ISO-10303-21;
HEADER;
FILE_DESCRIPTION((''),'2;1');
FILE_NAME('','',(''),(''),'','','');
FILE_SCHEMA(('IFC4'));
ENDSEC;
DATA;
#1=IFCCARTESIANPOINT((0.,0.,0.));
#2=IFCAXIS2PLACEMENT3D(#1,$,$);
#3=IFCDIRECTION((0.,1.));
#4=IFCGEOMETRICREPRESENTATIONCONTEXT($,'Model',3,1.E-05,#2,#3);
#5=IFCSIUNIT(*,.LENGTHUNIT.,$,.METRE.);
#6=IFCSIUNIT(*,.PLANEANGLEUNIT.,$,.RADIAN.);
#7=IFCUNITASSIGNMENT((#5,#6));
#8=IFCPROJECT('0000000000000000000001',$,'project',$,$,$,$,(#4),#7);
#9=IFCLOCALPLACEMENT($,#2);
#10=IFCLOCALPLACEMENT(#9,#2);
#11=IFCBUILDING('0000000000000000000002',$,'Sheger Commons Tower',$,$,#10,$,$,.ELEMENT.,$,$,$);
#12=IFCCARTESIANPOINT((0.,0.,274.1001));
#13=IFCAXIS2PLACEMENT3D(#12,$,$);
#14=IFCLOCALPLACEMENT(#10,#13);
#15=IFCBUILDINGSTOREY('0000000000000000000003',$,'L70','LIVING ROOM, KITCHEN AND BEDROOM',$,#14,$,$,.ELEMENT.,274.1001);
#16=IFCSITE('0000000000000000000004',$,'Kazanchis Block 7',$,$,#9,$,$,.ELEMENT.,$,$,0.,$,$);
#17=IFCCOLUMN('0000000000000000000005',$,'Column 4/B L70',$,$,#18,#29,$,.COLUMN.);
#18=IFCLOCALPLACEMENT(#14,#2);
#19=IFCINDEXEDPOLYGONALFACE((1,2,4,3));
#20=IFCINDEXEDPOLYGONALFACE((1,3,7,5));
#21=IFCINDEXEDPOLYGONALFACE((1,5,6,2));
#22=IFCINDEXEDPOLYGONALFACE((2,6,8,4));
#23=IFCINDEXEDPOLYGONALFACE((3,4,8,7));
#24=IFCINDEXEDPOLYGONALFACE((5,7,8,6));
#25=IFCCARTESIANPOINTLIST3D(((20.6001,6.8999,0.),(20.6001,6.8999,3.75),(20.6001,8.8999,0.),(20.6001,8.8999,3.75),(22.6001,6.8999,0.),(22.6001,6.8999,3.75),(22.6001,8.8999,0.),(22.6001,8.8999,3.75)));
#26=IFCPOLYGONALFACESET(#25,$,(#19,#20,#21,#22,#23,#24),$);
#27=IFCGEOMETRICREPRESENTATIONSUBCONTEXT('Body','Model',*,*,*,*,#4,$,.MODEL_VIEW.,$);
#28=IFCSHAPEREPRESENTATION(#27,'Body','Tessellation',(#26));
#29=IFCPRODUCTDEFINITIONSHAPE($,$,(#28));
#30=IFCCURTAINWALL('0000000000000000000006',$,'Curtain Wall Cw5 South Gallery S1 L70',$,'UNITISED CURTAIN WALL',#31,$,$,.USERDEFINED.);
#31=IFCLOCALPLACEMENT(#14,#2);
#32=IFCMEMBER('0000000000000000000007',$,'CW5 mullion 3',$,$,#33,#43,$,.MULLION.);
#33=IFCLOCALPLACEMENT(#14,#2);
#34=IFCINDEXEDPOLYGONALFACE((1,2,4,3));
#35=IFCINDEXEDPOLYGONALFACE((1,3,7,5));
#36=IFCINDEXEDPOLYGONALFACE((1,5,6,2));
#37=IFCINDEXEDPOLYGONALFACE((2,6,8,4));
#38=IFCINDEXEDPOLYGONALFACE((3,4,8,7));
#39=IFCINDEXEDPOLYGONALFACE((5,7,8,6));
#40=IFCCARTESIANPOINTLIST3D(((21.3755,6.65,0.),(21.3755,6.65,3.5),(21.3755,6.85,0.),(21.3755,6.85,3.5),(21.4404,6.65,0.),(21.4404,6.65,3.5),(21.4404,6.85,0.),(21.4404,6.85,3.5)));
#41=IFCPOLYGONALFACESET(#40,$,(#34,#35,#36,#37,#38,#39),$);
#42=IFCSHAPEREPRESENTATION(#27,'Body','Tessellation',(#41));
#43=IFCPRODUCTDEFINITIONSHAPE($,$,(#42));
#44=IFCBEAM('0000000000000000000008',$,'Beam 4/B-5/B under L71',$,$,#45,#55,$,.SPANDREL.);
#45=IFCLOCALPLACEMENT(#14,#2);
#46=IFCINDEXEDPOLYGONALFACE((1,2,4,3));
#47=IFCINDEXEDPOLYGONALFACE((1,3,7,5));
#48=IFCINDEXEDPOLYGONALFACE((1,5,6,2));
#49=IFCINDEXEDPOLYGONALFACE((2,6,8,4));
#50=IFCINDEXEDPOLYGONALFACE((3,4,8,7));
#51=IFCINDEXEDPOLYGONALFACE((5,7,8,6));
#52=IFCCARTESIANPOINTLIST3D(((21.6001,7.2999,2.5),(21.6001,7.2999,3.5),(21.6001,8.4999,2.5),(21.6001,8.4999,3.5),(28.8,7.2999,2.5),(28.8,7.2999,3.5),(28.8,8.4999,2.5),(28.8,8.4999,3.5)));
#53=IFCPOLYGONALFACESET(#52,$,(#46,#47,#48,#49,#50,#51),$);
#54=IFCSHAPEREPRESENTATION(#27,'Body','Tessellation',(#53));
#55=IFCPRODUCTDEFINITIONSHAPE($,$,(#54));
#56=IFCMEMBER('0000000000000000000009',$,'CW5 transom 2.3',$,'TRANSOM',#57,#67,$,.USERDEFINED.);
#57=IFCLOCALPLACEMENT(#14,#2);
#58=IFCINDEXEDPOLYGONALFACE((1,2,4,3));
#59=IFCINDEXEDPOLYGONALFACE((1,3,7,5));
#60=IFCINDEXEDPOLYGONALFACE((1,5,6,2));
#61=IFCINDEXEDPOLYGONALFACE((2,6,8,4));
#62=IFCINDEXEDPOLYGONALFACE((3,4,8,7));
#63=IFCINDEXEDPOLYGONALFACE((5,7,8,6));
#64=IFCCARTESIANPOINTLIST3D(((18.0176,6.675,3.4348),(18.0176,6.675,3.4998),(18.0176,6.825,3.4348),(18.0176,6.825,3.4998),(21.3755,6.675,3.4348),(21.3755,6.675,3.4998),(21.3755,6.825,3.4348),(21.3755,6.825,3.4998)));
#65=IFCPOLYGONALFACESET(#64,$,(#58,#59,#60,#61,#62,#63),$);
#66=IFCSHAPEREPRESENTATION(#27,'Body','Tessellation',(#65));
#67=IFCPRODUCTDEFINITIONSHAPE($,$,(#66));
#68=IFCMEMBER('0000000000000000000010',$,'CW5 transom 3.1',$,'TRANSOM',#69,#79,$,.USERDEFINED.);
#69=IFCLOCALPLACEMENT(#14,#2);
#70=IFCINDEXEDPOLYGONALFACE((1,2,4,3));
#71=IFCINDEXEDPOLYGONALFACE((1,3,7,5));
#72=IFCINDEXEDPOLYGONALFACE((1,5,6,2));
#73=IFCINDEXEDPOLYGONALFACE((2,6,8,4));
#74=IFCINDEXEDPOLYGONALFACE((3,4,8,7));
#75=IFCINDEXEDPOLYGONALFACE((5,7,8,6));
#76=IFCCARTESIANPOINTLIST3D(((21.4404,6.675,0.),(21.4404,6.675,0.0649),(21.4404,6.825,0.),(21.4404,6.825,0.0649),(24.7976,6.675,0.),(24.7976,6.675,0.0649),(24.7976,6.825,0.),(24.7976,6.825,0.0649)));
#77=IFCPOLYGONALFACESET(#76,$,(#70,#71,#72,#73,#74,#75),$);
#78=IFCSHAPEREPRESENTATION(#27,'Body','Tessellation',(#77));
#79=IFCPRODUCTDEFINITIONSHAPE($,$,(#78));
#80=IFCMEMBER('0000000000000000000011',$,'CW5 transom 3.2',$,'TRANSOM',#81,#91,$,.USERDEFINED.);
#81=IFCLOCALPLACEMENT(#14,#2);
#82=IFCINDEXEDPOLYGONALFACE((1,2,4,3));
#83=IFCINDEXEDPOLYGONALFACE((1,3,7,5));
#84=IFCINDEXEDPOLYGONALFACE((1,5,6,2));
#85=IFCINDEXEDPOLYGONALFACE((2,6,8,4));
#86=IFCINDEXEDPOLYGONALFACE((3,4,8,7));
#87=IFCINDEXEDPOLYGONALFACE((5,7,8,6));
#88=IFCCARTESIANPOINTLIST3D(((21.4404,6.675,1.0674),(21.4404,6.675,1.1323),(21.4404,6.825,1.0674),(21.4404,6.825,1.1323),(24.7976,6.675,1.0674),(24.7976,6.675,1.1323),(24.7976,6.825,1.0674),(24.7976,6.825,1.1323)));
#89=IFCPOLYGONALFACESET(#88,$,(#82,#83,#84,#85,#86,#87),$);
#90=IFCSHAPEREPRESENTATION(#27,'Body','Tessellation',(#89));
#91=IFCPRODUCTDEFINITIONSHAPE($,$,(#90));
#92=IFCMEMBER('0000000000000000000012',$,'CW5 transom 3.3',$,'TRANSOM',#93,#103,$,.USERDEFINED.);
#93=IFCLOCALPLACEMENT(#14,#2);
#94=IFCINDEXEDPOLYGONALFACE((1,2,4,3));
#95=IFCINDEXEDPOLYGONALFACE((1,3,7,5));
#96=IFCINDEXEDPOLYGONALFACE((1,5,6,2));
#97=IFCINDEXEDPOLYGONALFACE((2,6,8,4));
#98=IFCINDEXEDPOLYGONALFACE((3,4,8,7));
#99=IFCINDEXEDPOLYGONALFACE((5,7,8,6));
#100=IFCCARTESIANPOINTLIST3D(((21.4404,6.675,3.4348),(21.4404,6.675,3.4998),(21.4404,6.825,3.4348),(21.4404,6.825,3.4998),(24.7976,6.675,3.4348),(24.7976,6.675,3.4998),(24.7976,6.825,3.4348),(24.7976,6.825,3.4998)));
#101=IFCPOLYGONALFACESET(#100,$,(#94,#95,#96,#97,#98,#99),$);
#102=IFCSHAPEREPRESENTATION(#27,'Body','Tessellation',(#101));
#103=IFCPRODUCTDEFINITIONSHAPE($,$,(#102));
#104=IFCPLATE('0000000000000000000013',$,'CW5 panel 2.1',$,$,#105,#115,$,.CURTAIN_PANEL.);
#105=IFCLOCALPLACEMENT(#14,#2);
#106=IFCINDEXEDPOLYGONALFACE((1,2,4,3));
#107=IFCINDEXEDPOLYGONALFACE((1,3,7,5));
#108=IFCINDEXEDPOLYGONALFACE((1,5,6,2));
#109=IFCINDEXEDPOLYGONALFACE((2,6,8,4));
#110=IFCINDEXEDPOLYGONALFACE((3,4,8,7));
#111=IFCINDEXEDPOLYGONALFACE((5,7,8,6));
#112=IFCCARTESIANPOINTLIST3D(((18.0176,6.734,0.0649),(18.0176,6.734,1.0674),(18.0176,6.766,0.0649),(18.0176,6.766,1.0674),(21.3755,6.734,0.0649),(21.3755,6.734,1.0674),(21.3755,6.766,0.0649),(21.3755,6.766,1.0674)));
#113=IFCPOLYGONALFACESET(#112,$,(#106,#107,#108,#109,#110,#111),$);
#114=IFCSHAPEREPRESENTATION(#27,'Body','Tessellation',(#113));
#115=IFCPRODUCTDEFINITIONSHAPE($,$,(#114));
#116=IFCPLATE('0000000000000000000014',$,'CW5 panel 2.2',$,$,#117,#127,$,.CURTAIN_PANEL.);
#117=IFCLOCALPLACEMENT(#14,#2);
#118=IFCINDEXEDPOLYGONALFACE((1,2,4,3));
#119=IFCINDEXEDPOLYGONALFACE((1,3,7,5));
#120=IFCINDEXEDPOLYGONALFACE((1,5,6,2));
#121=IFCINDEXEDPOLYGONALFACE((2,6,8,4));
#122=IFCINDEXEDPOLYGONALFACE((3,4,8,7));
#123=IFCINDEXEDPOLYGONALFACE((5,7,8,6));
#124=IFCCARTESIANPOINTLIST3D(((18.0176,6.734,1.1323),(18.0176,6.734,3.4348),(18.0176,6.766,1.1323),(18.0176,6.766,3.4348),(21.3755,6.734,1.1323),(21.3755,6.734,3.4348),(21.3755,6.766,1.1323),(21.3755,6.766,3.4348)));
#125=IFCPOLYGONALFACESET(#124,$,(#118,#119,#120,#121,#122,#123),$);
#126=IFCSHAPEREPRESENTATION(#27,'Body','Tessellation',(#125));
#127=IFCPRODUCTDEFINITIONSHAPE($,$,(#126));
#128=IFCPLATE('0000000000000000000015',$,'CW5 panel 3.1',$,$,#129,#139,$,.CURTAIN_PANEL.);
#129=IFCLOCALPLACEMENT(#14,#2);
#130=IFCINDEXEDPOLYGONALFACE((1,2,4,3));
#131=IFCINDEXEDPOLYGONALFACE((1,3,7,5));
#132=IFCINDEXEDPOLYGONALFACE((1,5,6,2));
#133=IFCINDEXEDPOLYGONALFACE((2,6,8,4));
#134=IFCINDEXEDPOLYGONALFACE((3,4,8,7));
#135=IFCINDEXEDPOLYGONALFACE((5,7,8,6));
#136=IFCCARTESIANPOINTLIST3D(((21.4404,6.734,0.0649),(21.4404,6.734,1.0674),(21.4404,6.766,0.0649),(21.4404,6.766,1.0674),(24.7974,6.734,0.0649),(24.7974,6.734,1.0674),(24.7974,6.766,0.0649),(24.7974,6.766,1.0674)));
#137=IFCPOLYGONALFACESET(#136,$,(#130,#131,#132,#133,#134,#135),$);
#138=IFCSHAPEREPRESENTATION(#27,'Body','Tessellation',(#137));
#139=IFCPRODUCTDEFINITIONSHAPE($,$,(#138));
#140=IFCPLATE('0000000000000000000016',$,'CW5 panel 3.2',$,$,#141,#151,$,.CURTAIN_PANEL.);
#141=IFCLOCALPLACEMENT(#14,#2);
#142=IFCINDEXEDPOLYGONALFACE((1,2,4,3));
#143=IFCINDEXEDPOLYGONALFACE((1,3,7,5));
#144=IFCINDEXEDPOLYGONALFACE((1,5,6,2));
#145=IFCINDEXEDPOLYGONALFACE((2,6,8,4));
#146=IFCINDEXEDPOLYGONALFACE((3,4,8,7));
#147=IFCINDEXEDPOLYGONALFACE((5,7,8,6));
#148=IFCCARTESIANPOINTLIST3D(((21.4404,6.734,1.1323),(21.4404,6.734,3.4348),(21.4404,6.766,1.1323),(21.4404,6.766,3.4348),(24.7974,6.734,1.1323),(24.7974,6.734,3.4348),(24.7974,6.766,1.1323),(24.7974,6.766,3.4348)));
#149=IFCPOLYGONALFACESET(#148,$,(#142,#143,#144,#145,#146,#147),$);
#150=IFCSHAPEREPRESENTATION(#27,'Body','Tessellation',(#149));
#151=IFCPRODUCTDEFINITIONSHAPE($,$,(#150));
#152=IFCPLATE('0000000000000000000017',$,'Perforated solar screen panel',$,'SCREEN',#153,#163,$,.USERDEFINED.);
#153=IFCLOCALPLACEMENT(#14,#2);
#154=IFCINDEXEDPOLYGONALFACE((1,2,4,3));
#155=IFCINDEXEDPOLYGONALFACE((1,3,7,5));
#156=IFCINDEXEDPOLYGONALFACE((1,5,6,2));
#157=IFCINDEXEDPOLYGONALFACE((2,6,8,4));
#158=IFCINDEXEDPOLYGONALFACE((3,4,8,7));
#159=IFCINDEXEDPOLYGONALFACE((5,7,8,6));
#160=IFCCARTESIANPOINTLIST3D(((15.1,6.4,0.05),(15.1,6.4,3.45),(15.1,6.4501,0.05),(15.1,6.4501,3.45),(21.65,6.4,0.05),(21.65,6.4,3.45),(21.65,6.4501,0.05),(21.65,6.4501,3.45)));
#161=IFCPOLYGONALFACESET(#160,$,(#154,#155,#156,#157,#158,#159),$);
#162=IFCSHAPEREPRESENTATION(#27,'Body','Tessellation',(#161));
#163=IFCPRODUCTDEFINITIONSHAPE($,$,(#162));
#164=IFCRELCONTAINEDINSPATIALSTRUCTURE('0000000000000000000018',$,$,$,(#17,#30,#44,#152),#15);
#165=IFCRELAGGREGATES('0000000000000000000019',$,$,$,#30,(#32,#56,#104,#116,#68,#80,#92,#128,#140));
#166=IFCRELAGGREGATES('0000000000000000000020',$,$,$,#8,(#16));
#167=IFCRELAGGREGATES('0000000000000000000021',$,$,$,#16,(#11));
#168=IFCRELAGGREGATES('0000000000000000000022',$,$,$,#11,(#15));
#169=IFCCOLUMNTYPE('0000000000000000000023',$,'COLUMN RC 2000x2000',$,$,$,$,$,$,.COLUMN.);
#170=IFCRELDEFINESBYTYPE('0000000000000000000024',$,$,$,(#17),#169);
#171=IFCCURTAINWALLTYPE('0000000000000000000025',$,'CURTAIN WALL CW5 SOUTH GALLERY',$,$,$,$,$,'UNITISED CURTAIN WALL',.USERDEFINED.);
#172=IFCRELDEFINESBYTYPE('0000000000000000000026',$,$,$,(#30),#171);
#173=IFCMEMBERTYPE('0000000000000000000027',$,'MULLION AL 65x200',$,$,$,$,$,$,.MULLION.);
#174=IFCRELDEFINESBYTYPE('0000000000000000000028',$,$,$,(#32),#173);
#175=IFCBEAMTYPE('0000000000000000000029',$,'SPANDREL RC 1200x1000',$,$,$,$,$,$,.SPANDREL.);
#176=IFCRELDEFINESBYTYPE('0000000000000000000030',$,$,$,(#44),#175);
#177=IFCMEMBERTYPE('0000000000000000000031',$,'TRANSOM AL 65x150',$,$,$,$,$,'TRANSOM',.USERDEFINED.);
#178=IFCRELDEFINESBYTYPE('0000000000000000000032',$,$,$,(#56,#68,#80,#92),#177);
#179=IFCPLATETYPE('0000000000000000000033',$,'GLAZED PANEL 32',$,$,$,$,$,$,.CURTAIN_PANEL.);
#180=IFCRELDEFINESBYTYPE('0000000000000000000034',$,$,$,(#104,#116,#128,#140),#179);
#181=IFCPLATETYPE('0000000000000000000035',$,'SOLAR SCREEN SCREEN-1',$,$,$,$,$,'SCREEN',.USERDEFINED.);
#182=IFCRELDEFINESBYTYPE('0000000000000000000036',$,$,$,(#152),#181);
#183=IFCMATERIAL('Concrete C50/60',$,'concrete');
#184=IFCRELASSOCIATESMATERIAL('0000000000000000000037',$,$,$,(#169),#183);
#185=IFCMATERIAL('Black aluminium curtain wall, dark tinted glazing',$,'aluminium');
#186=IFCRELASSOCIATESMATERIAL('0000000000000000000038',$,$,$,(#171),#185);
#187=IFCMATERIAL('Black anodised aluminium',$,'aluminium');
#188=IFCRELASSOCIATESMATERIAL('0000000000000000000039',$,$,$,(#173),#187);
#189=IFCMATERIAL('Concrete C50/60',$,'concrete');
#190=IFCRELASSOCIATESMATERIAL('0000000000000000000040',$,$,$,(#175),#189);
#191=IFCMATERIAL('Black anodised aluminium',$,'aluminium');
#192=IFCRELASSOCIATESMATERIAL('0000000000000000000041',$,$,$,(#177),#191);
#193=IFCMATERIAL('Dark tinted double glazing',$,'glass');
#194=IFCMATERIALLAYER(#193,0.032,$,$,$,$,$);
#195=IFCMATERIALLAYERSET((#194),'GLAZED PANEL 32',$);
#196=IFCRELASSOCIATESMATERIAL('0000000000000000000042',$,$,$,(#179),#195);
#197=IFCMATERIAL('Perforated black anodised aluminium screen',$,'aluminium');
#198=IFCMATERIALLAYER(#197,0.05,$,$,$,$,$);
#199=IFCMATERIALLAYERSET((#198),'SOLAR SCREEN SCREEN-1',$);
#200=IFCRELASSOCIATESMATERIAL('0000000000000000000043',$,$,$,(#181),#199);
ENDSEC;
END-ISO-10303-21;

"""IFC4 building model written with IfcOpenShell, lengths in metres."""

from ifc_helpers import new_model, si_unit, direction, frame, origin, origin_2d, place, context, subcontext, project, spatial, rectangle, extrude, material, layer, layer_set, material_profile, profile_set, type_object, element, aggregate, save


model = new_model("IFC4")

# Units and contexts
model_context = context("Model", 3, precision=1e-05, world=origin(), true_north=direction((0.0, 1.0)))
body_context = subcontext(model_context, "Body", "Model", "MODEL_VIEW")
ifc_project = project(units=[si_unit("LENGTHUNIT", "METRE"), si_unit("PLANEANGLEUNIT", "RADIAN")], contexts=[model_context])

# Site, building, storey
site_placement = place(None, origin())
site = spatial("IfcSite", under=ifc_project, at=site_placement, Name="Kazanchis Block 7", CompositionType="ELEMENT", RefElevation=0.0)
building_placement = place(site_placement, origin())
building = spatial("IfcBuilding", under=site, at=building_placement, Name="Sheger Commons Tower", CompositionType="ELEMENT")
storey_placement = place(building_placement, frame((0.0, 0.0, 274.1001)))
storey = spatial("IfcBuildingStorey", under=building, at=storey_placement, Name="L70", Description="LIVING ROOM, KITCHEN AND BEDROOM", CompositionType="ELEMENT", Elevation=274.1001)

# Column
ifc_material_1 = material(Name="Concrete C50/60", Category="concrete")
ifc_material_profile_1 = material_profile(ifc_material_1, rectangle(XDim=2.0, YDim=2.0, at=origin_2d()), Name="RC 2000x2000")
ifc_profile_set_1 = profile_set([ifc_material_profile_1], Name="Concrete C50/60")
column_type = type_object("IfcColumnType", Name="COLUMN RC 2000x2000", PredefinedType="COLUMN", material=ifc_profile_set_1)
column_placement = place(storey_placement, frame((21.6001, 7.8999, 0.0), z_axis=(0.0, 0.0, 1.0), x_axis=(1.0, 0.0, 0.0)))
element("IfcColumn", 1, at=column_placement, inside=storey, type_object=column_type, Name="Column 4/B L70", PredefinedType="COLUMN", context=body_context, shape_type="SweptSolid", body=[
    extrude(rectangle(XDim=2.0, YDim=2.0, at=origin_2d()), origin(), (0.0, 0.0, 1.0), 3.75),
])

# Curtain wall, member
ifc_material_2 = material(Name="Black aluminium curtain wall, dark tinted glazing", Category="aluminium")
curtain_wall_type = type_object("IfcCurtainWallType", Name="CURTAIN WALL CW5 SOUTH GALLERY", ElementType="UNITISED CURTAIN WALL", PredefinedType="USERDEFINED", material=ifc_material_2)
curtain_wall_placement = place(storey_placement, origin())
curtain_wall = element("IfcCurtainWall", 2, at=curtain_wall_placement, inside=storey, type_object=curtain_wall_type, Name="Curtain Wall Cw5 South Gallery S1 L70", ObjectType="UNITISED CURTAIN WALL", PredefinedType="USERDEFINED")
ifc_material_3 = material(Name="Black anodised aluminium", Category="aluminium")
ifc_material_profile_2 = material_profile(ifc_material_3, rectangle(XDim=0.2, YDim=0.0649, at=origin_2d()), Name="AL 65x200")
ifc_profile_set_2 = profile_set([ifc_material_profile_2], Name="Black anodised aluminium")
member_type_1 = type_object("IfcMemberType", Name="MULLION AL 65x200", PredefinedType="MULLION", material=ifc_profile_set_2)
member_1_placement = place(storey_placement, frame((21.408, 6.75, 0.0), z_axis=(0.0, 0.0, 1.0), x_axis=(0.0, 1.0, 0.0)))
member_1 = element("IfcMember", 3, at=member_1_placement, type_object=member_type_1, Name="CW5 mullion 3", PredefinedType="MULLION", context=body_context, shape_type="SweptSolid", body=[
    extrude(rectangle(XDim=0.2, YDim=0.0649, at=origin_2d()), origin(), (0.0, 0.0, 1.0), 3.5),
])

# Beam
ifc_material_4 = material(Name="Concrete C50/60", Category="concrete")
ifc_material_profile_3 = material_profile(ifc_material_4, rectangle(XDim=1.2, YDim=1.0, at=origin_2d()), Name="RC 1200x1000")
ifc_profile_set_3 = profile_set([ifc_material_profile_3], Name="Concrete C50/60")
beam_type = type_object("IfcBeamType", Name="SPANDREL RC 1200x1000", PredefinedType="SPANDREL", material=ifc_profile_set_3)
beam_placement = place(storey_placement, frame((21.6001, 7.8999, 3.0), z_axis=(1.0, 0.0, 0.0), x_axis=(0.0, 1.0, 0.0)))
element("IfcBeam", 4, at=beam_placement, inside=storey, type_object=beam_type, Name="Beam 4/B-5/B under L71", PredefinedType="SPANDREL", context=body_context, shape_type="SweptSolid", body=[
    extrude(rectangle(XDim=1.2, YDim=1.0, at=origin_2d()), origin(), (0.0, 0.0, 1.0), 7.2),
])

# Members
ifc_material_5 = material(Name="Black anodised aluminium", Category="aluminium")
ifc_material_profile_4 = material_profile(ifc_material_5, rectangle(XDim=0.1499, YDim=0.0649, at=origin_2d()), Name="AL 65x150")
ifc_profile_set_4 = profile_set([ifc_material_profile_4], Name="Black anodised aluminium")
member_type_2 = type_object("IfcMemberType", Name="TRANSOM AL 65x150", ElementType="TRANSOM", PredefinedType="USERDEFINED", material=ifc_profile_set_4)
member_2_placement = place(storey_placement, frame((18.0176, 6.75, 3.4673), z_axis=(1.0, 0.0, 0.0), x_axis=(0.0, 1.0, 0.0)))
member_2 = element("IfcMember", 5, at=member_2_placement, type_object=member_type_2, Name="CW5 transom 2.3", ObjectType="TRANSOM", PredefinedType="USERDEFINED", context=body_context, shape_type="SweptSolid", body=[
    extrude(rectangle(XDim=0.1499, YDim=0.0649, at=origin_2d()), origin(), (0.0, 0.0, 1.0), 3.3579),
])
member_3_placement = place(storey_placement, frame((21.4404, 6.75, 0.0325), z_axis=(1.0, 0.0, 0.0), x_axis=(0.0, 1.0, 0.0)))
member_3 = element("IfcMember", 6, at=member_3_placement, type_object=member_type_2, Name="CW5 transom 3.1", ObjectType="TRANSOM", PredefinedType="USERDEFINED", context=body_context, shape_type="SweptSolid", body=[
    extrude(rectangle(XDim=0.1499, YDim=0.0649, at=origin_2d()), origin(), (0.0, 0.0, 1.0), 3.3572),
])
member_4_placement = place(storey_placement, frame((21.4404, 6.75, 1.0999), z_axis=(1.0, 0.0, 0.0), x_axis=(0.0, 1.0, 0.0)))
member_4 = element("IfcMember", 7, at=member_4_placement, type_object=member_type_2, Name="CW5 transom 3.2", ObjectType="TRANSOM", PredefinedType="USERDEFINED", context=body_context, shape_type="SweptSolid", body=[
    extrude(rectangle(XDim=0.1499, YDim=0.0649, at=origin_2d()), origin(), (0.0, 0.0, 1.0), 3.3572),
])
member_5_placement = place(storey_placement, frame((21.4404, 6.75, 3.4673), z_axis=(1.0, 0.0, 0.0), x_axis=(0.0, 1.0, 0.0)))
member_5 = element("IfcMember", 8, at=member_5_placement, type_object=member_type_2, Name="CW5 transom 3.3", ObjectType="TRANSOM", PredefinedType="USERDEFINED", context=body_context, shape_type="SweptSolid", body=[
    extrude(rectangle(XDim=0.1499, YDim=0.0649, at=origin_2d()), origin(), (0.0, 0.0, 1.0), 3.3572),
])

# Plates
ifc_material_6 = material(Name="Dark tinted double glazing", Category="glass")
ifc_layer_1 = layer(ifc_material_6, 0.032)
ifc_layer_set_1 = layer_set([ifc_layer_1], Name="GLAZED PANEL 32")
plate_type_1 = type_object("IfcPlateType", Name="GLAZED PANEL 32", PredefinedType="CURTAIN_PANEL", material=ifc_layer_set_1)
plate_1_placement = place(storey_placement, frame((19.6965, 6.75, 0.0649), z_axis=(0.0, 0.0, 1.0), x_axis=(1.0, 0.0, 0.0)))
plate_1 = element("IfcPlate", 9, at=plate_1_placement, type_object=plate_type_1, Name="CW5 panel 2.1", PredefinedType="CURTAIN_PANEL", context=body_context, shape_type="SweptSolid", body=[
    extrude(rectangle(XDim=3.3579, YDim=0.032, at=origin_2d()), origin(), (0.0, 0.0, 1.0), 1.0024),
])
plate_2_placement = place(storey_placement, frame((19.6965, 6.75, 1.1323), z_axis=(0.0, 0.0, 1.0), x_axis=(1.0, 0.0, 0.0)))
plate_2 = element("IfcPlate", 10, at=plate_2_placement, type_object=plate_type_1, Name="CW5 panel 2.2", PredefinedType="CURTAIN_PANEL", context=body_context, shape_type="SweptSolid", body=[
    extrude(rectangle(XDim=3.3579, YDim=0.032, at=origin_2d()), origin(), (0.0, 0.0, 1.0), 2.3025),
])
plate_3_placement = place(storey_placement, frame((23.1189, 6.75, 0.0649), z_axis=(0.0, 0.0, 1.0), x_axis=(1.0, 0.0, 0.0)))
plate_3 = element("IfcPlate", 11, at=plate_3_placement, type_object=plate_type_1, Name="CW5 panel 3.1", PredefinedType="CURTAIN_PANEL", context=body_context, shape_type="SweptSolid", body=[
    extrude(rectangle(XDim=3.3569, YDim=0.032, at=origin_2d()), origin(), (0.0, 0.0, 1.0), 1.0024),
])
plate_4_placement = place(storey_placement, frame((23.1189, 6.75, 1.1323), z_axis=(0.0, 0.0, 1.0), x_axis=(1.0, 0.0, 0.0)))
plate_4 = element("IfcPlate", 12, at=plate_4_placement, type_object=plate_type_1, Name="CW5 panel 3.2", PredefinedType="CURTAIN_PANEL", context=body_context, shape_type="SweptSolid", body=[
    extrude(rectangle(XDim=3.3569, YDim=0.032, at=origin_2d()), origin(), (0.0, 0.0, 1.0), 2.3025),
])
aggregate(curtain_wall, [member_1, member_2, plate_1, plate_2, member_3, member_4, member_5, plate_3, plate_4])
ifc_material_7 = material(Name="Perforated black anodised aluminium screen", Category="aluminium")
ifc_layer_2 = layer(ifc_material_7, 0.05)
ifc_layer_set_2 = layer_set([ifc_layer_2], Name="SOLAR SCREEN SCREEN-1")
plate_type_2 = type_object("IfcPlateType", Name="SOLAR SCREEN SCREEN-1", ElementType="SCREEN", PredefinedType="USERDEFINED", material=ifc_layer_set_2)
plate_5_placement = place(storey_placement, frame((18.375, 6.425, 0.05), z_axis=(0.0, 0.0, 1.0), x_axis=(1.0, 0.0, 0.0)))
element("IfcPlate", 13, at=plate_5_placement, inside=storey, type_object=plate_type_2, Name="Perforated solar screen panel", ObjectType="SCREEN", PredefinedType="USERDEFINED", context=body_context, shape_type="SweptSolid", body=[
    extrude(rectangle(XDim=6.55, YDim=0.05, at=origin_2d()), origin(), (0.0, 0.0, 1.0), 3.3999),
])

save(model, "model.ifc")
